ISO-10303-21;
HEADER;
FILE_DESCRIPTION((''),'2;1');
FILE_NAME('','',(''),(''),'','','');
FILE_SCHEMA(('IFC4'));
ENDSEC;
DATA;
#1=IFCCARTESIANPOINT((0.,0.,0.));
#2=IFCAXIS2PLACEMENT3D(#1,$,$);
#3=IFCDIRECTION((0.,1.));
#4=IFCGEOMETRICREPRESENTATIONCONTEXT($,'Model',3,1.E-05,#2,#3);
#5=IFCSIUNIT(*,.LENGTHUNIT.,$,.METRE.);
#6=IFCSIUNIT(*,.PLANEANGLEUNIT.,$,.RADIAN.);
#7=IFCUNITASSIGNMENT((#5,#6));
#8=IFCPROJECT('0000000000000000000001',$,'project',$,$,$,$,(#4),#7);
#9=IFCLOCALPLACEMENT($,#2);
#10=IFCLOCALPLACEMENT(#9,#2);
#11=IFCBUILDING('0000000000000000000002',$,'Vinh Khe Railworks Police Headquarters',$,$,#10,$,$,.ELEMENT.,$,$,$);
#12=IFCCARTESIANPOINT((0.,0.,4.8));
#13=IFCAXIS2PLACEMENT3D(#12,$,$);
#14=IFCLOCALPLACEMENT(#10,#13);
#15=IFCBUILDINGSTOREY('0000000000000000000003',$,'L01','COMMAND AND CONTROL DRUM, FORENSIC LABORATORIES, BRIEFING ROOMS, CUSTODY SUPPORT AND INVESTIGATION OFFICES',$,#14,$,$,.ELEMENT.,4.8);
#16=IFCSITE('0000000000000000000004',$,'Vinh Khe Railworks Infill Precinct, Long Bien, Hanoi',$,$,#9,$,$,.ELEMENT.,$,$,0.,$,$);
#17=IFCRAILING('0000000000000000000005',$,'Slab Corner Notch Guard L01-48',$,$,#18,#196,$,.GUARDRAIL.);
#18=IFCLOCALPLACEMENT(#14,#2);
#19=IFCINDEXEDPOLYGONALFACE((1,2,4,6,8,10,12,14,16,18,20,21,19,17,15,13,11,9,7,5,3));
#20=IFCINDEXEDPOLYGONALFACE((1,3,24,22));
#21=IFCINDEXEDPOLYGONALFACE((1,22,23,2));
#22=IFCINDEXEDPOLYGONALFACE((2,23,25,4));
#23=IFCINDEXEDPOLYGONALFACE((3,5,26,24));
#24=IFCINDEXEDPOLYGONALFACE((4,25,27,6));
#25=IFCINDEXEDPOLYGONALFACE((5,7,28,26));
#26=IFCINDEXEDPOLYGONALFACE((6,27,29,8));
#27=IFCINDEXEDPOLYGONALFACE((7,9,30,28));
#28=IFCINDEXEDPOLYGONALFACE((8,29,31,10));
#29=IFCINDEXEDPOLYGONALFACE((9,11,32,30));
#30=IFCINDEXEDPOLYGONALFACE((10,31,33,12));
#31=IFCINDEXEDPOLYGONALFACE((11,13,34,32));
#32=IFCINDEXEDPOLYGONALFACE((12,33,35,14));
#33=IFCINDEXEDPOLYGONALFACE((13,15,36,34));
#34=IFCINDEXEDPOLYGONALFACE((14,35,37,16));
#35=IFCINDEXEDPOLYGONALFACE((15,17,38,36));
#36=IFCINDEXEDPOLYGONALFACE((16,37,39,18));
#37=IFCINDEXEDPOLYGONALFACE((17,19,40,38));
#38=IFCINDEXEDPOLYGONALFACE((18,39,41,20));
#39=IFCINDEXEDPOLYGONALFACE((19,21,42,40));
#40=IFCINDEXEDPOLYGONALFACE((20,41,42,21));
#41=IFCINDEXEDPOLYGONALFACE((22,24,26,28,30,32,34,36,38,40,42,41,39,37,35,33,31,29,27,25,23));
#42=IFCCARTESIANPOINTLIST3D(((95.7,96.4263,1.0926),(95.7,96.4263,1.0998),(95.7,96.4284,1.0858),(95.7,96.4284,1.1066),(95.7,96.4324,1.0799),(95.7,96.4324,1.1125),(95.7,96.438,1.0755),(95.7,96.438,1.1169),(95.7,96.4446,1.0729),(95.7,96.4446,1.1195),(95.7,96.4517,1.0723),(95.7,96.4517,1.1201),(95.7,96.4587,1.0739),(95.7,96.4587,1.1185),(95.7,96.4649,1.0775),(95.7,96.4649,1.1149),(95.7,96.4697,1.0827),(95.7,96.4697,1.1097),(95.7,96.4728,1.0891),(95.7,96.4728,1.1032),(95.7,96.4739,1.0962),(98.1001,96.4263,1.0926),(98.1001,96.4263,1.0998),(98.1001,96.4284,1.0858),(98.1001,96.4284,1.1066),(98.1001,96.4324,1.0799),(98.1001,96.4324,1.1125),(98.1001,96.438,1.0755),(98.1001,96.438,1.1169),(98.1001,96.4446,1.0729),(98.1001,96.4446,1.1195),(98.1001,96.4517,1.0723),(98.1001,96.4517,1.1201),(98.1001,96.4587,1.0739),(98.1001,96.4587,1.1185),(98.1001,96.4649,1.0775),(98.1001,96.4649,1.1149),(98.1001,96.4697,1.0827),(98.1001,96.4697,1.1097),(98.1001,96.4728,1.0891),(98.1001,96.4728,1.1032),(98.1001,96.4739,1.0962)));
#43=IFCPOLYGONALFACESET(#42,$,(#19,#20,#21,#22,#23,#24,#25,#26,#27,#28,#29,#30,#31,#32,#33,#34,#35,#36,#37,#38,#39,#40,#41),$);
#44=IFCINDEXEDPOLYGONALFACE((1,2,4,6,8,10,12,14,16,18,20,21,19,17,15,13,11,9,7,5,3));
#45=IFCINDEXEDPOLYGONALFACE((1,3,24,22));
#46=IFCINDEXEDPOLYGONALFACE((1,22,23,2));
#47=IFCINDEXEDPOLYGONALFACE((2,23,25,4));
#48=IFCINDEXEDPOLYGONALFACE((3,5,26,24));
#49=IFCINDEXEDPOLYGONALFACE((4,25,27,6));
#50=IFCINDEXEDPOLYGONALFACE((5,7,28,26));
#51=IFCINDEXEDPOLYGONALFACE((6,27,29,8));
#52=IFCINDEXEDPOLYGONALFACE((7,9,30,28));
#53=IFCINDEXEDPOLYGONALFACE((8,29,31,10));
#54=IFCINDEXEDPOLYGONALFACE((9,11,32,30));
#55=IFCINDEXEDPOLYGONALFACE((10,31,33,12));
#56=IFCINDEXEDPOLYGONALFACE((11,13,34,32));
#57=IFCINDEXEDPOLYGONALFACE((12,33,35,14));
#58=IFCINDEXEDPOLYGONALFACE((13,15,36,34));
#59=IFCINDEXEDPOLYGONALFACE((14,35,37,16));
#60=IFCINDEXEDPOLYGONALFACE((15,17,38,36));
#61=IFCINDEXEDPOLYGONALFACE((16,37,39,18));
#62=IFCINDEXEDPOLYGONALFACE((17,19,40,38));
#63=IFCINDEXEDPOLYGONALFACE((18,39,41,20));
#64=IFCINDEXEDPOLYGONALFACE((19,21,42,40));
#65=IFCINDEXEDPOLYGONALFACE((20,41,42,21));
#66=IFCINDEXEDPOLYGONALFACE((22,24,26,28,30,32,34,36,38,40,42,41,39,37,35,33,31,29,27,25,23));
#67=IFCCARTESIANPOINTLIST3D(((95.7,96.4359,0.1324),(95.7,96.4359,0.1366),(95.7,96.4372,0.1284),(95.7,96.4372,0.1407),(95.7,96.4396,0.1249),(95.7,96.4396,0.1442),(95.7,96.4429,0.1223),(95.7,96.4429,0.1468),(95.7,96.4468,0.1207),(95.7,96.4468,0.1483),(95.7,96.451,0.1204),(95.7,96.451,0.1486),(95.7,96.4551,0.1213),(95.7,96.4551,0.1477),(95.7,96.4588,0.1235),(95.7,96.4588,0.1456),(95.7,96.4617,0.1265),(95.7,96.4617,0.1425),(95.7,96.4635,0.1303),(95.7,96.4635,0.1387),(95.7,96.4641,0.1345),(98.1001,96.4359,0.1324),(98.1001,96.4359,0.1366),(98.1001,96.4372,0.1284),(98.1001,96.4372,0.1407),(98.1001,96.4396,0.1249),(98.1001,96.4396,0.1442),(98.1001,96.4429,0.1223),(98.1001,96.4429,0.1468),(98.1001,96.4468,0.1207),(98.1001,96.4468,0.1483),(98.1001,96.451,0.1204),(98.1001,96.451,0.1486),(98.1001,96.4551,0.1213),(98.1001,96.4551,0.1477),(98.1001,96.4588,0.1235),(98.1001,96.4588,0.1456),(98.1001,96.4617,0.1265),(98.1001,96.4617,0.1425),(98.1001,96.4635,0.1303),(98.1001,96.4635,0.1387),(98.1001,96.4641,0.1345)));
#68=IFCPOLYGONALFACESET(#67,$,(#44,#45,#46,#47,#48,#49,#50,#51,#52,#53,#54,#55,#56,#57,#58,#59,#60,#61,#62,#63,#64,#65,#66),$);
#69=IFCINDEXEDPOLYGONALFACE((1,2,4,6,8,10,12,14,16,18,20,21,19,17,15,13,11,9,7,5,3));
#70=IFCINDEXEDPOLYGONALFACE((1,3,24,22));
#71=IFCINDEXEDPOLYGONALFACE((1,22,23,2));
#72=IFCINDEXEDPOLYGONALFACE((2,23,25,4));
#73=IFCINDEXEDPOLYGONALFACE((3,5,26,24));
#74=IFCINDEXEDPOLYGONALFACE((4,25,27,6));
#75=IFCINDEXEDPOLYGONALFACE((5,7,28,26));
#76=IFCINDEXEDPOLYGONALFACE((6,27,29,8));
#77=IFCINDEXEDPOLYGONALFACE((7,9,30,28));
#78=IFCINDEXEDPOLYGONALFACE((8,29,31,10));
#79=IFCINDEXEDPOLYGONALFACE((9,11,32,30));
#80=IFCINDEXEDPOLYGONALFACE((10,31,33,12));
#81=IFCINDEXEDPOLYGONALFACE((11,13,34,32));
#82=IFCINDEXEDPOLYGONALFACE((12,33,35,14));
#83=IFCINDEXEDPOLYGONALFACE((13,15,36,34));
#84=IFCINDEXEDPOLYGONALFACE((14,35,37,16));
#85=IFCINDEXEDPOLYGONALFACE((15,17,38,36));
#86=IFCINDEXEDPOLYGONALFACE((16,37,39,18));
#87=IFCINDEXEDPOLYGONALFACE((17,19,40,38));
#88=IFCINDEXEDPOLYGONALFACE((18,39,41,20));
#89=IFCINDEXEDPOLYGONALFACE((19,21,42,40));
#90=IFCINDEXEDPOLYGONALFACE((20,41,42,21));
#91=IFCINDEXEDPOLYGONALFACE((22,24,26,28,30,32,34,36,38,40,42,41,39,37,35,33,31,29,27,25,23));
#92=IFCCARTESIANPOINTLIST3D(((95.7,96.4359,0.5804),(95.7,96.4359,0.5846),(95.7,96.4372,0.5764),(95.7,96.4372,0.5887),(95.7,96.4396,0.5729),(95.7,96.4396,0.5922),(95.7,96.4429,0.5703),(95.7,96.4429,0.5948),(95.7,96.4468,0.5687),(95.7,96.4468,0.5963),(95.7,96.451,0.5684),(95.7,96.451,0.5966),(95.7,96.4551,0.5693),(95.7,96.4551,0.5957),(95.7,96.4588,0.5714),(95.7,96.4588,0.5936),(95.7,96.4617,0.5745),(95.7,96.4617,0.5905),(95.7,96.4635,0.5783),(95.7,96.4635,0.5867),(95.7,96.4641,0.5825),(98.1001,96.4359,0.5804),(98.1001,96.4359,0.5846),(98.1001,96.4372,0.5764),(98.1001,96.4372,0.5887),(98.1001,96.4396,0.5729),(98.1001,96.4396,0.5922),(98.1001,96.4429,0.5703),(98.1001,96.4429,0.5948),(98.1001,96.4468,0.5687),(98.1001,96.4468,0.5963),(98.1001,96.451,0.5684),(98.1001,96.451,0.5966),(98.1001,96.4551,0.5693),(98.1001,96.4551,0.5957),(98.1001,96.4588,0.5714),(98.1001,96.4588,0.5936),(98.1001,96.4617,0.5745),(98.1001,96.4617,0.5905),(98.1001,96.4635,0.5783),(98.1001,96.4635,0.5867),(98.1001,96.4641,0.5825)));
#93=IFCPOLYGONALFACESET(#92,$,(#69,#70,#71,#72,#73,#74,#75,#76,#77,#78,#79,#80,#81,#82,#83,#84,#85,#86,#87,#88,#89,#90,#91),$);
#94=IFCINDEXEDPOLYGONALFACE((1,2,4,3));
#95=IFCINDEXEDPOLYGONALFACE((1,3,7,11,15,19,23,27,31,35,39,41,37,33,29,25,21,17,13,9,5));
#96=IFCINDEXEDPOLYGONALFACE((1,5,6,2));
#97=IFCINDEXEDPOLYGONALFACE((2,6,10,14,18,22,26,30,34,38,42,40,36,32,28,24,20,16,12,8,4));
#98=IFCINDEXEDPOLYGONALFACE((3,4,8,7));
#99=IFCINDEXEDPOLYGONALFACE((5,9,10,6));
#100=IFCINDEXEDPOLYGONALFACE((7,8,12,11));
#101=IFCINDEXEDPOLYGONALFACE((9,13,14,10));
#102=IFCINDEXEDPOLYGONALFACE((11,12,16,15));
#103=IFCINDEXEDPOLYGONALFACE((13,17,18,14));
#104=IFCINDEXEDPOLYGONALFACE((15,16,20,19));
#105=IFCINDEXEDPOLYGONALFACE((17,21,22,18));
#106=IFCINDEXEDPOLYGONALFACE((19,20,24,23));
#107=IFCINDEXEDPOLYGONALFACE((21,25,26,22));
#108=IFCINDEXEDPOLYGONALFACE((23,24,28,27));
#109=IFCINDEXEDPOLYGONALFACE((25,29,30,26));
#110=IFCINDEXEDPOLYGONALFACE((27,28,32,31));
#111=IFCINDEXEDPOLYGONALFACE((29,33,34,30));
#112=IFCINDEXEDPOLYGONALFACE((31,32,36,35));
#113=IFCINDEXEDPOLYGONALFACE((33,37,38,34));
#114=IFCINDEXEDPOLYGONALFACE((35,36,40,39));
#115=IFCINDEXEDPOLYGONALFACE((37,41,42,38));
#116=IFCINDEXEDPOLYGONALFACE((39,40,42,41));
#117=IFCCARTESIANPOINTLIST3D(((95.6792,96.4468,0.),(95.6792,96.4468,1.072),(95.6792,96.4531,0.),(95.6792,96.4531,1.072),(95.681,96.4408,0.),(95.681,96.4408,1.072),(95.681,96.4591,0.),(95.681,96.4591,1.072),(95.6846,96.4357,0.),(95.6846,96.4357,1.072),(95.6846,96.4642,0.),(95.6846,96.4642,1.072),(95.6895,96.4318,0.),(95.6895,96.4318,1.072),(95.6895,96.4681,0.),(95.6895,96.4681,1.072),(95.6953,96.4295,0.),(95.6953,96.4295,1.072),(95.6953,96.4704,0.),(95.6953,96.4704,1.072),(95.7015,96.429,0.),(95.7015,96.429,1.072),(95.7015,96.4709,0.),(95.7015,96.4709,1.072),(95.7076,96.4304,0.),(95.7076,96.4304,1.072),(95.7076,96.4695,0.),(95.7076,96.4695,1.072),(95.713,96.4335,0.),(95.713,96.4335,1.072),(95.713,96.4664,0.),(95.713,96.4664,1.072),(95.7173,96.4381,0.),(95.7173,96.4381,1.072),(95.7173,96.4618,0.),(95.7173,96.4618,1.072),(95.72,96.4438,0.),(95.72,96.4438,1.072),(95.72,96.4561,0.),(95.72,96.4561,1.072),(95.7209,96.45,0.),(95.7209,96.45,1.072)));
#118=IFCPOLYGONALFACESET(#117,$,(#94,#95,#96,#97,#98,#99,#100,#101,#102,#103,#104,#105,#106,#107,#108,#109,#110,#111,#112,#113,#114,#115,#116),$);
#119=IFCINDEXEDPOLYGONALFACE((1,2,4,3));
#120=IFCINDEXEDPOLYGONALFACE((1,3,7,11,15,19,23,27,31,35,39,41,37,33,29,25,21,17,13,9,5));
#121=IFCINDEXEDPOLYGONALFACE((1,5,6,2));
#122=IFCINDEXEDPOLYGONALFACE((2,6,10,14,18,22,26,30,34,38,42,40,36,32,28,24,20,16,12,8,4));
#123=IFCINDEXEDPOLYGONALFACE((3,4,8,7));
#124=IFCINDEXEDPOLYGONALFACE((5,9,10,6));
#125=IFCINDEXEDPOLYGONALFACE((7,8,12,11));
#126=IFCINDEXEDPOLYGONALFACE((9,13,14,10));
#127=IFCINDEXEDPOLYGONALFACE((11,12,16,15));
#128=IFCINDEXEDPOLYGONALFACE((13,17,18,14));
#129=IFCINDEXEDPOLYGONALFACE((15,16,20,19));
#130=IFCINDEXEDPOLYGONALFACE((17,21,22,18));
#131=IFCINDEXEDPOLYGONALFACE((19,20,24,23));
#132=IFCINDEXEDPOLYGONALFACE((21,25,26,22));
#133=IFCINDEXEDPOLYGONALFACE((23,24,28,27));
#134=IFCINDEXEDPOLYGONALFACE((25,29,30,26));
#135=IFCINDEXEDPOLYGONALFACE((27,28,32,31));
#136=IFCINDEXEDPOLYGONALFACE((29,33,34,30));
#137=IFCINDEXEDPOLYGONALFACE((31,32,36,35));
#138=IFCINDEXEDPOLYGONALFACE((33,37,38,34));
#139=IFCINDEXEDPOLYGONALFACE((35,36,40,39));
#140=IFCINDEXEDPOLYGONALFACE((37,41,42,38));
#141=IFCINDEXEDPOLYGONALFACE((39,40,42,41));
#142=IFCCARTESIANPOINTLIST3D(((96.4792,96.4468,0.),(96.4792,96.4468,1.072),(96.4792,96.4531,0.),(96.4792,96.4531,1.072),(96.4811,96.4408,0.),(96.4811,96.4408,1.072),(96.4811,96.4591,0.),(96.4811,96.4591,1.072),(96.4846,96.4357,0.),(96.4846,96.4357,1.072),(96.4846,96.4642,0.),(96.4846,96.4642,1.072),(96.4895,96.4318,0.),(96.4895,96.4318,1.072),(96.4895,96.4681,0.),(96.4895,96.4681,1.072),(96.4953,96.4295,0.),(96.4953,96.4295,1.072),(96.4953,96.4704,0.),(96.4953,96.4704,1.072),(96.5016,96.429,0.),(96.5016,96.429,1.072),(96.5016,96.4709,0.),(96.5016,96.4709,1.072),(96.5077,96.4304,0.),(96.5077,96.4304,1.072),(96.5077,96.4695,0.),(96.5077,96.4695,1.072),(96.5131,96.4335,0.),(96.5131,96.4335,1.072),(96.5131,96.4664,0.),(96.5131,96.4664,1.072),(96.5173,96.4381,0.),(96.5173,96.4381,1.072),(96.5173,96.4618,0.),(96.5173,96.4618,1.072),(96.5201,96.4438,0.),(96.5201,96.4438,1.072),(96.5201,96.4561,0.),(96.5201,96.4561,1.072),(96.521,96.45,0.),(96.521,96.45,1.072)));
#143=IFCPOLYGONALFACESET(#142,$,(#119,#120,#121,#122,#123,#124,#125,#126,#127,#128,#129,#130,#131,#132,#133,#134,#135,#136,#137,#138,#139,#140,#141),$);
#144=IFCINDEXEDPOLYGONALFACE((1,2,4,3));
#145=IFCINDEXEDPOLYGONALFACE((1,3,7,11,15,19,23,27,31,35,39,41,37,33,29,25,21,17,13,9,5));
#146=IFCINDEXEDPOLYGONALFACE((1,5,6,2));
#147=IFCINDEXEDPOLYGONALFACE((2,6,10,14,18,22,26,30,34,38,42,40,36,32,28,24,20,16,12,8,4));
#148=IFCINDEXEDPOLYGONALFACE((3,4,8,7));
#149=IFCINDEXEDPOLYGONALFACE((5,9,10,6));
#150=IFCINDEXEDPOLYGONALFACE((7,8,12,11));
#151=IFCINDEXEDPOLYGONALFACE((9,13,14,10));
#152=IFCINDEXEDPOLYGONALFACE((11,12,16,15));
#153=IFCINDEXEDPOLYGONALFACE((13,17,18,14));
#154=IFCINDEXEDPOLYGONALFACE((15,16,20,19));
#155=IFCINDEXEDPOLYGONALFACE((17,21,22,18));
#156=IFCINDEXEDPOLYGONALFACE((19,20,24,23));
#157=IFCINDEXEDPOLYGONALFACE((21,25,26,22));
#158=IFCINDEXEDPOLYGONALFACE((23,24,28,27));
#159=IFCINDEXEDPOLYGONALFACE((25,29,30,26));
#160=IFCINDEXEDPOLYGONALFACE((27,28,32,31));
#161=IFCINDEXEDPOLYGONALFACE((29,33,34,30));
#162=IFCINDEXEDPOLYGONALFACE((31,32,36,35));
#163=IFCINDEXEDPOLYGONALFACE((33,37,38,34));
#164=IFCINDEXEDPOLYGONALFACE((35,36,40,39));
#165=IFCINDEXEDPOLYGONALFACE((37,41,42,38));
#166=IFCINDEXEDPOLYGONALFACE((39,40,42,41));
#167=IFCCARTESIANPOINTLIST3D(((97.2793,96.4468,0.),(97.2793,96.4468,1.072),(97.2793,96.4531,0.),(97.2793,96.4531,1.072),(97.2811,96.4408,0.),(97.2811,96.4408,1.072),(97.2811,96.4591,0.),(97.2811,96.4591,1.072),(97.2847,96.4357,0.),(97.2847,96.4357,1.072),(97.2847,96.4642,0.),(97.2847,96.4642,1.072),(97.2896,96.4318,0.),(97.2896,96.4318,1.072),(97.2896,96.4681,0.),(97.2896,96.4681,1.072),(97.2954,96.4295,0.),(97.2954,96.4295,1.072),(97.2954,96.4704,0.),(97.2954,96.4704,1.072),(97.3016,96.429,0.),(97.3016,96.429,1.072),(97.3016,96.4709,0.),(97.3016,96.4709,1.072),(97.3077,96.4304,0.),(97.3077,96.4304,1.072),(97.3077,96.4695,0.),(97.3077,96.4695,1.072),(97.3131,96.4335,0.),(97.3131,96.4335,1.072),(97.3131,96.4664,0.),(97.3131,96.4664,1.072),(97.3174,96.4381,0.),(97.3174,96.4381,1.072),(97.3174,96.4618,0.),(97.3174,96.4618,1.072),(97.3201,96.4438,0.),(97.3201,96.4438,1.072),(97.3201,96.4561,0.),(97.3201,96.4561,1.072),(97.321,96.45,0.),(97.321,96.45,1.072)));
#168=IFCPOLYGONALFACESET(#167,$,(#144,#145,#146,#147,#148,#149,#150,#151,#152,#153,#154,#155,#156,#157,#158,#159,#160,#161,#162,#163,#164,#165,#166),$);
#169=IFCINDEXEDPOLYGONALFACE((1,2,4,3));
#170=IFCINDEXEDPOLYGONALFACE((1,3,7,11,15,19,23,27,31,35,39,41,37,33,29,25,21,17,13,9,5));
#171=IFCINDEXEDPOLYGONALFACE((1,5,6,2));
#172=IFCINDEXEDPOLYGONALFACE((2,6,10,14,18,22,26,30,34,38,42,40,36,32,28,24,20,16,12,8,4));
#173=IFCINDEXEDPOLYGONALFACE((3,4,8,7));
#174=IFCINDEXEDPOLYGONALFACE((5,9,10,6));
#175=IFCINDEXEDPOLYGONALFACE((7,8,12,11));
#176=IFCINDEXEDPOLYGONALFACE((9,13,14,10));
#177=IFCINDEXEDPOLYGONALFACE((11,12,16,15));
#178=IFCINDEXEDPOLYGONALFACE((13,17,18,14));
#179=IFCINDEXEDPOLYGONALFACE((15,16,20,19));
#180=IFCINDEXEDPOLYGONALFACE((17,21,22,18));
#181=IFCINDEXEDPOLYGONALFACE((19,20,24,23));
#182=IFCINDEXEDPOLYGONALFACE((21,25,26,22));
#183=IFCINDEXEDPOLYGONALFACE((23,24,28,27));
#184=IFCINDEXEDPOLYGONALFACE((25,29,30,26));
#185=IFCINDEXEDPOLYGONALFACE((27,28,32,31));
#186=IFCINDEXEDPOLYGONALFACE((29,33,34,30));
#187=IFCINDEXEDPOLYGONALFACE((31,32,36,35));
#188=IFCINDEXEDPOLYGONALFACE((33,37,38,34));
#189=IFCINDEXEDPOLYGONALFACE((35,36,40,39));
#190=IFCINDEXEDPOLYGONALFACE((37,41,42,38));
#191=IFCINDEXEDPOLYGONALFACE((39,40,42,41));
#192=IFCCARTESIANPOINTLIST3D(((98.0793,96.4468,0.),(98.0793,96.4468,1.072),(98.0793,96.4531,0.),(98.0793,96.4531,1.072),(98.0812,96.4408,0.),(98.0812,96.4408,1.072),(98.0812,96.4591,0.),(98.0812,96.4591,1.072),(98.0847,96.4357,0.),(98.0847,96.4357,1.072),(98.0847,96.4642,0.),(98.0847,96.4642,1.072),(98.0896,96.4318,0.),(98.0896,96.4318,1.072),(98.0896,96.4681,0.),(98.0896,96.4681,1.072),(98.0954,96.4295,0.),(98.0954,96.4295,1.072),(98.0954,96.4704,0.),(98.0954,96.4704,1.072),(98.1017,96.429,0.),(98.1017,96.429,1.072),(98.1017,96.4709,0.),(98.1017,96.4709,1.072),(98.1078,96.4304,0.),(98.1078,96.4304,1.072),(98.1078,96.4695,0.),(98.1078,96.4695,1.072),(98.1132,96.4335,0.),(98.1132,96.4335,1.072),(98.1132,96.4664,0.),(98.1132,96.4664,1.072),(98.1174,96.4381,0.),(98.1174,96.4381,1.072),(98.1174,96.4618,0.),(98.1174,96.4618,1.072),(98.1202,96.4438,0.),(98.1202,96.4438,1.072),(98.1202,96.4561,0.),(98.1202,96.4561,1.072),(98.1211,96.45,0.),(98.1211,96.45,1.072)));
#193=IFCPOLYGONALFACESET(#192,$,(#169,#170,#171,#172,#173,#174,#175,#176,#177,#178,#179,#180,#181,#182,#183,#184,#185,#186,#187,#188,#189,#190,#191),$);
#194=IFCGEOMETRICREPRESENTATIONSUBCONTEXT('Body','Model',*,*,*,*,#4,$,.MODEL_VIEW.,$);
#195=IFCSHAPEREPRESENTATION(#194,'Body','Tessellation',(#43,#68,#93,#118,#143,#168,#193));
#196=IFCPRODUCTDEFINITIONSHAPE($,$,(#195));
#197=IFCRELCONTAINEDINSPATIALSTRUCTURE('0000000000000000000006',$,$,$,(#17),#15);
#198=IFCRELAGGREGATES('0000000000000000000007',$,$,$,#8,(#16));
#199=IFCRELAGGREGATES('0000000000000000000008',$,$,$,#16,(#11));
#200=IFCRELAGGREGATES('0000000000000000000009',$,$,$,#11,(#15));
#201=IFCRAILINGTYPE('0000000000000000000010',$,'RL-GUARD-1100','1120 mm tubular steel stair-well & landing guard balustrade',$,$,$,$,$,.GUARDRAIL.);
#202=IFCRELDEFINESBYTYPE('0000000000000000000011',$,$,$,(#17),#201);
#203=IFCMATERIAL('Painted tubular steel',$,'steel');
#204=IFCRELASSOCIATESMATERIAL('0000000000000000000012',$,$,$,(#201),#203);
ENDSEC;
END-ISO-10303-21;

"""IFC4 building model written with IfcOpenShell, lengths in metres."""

from ifc_helpers import new_model, si_unit, direction, frame, origin, origin_2d, place, context, subcontext, project, spatial, circle, extrude, material, type_object, element, save


model = new_model("IFC4")

# Units and contexts
model_context = context("Model", 3, precision=1e-05, world=origin(), true_north=direction((0.0, 1.0)))
body_context = subcontext(model_context, "Body", "Model", "MODEL_VIEW")
ifc_project = project(units=[si_unit("LENGTHUNIT", "METRE"), si_unit("PLANEANGLEUNIT", "RADIAN")], contexts=[model_context])

# Site, building, storey
site_placement = place(None, origin())
site = spatial("IfcSite", under=ifc_project, at=site_placement, Name="Vinh Khe Railworks Infill Precinct, Long Bien, Hanoi", CompositionType="ELEMENT", RefElevation=0.0)
building_placement = place(site_placement, origin())
building = spatial("IfcBuilding", under=site, at=building_placement, Name="Vinh Khe Railworks Police Headquarters", CompositionType="ELEMENT")
storey_placement = place(building_placement, frame((0.0, 0.0, 4.8)))
storey = spatial("IfcBuildingStorey", under=building, at=storey_placement, Name="L01", Description="COMMAND AND CONTROL DRUM, FORENSIC LABORATORIES, BRIEFING ROOMS, CUSTODY SUPPORT AND INVESTIGATION OFFICES", CompositionType="ELEMENT", Elevation=4.8)

# Railing
ifc_material_1 = material(Name="Painted tubular steel", Category="steel")
railing_type = type_object("IfcRailingType", Name="RL-GUARD-1100", Description="1120 mm tubular steel stair-well & landing guard balustrade", PredefinedType="GUARDRAIL", material=ifc_material_1)
railing_1_placement = place(storey_placement, frame((95.7, 96.45, 0.0)))
element("IfcRailing", 1, at=railing_1_placement, inside=storey, type_object=railing_type, Name="Slab Corner Notch Guard L01-48", PredefinedType="GUARDRAIL", context=body_context, shape_type="SweptSolid", body=[
    extrude(circle(Radius=0.0239, at=origin_2d()), frame((0.0, 0.0, 1.0962), z_axis=(1.0, 0.0, 0.0), x_axis=(0.0, 1.0, 0.0)), (0.0, 0.0, 1.0), 2.4001),
    extrude(circle(Radius=0.0142, at=origin_2d()), frame((0.0, 0.0, 0.1345), z_axis=(1.0, 0.0, 0.0), x_axis=(0.0, 1.0, 0.0)), (0.0, 0.0, 1.0), 2.4001),
    extrude(circle(Radius=0.0142, at=origin_2d()), frame((0.0, 0.0, 0.5825), z_axis=(1.0, 0.0, 0.0), x_axis=(0.0, 1.0, 0.0)), (0.0, 0.0, 1.0), 2.4001),
    extrude(circle(Radius=0.021, at=origin_2d()), origin(), (0.0, 0.0, 1.0), 1.072),
    extrude(circle(Radius=0.021, at=origin_2d()), frame((0.8, 0.0, 0.0)), (0.0, 0.0, 1.0), 1.072),
    extrude(circle(Radius=0.021, at=origin_2d()), frame((1.6001, 0.0, 0.0)), (0.0, 0.0, 1.0), 1.072),
    extrude(circle(Radius=0.021, at=origin_2d()), frame((2.4001, 0.0, 0.0)), (0.0, 0.0, 1.0), 1.072),
])

save(model, "model.ifc")
